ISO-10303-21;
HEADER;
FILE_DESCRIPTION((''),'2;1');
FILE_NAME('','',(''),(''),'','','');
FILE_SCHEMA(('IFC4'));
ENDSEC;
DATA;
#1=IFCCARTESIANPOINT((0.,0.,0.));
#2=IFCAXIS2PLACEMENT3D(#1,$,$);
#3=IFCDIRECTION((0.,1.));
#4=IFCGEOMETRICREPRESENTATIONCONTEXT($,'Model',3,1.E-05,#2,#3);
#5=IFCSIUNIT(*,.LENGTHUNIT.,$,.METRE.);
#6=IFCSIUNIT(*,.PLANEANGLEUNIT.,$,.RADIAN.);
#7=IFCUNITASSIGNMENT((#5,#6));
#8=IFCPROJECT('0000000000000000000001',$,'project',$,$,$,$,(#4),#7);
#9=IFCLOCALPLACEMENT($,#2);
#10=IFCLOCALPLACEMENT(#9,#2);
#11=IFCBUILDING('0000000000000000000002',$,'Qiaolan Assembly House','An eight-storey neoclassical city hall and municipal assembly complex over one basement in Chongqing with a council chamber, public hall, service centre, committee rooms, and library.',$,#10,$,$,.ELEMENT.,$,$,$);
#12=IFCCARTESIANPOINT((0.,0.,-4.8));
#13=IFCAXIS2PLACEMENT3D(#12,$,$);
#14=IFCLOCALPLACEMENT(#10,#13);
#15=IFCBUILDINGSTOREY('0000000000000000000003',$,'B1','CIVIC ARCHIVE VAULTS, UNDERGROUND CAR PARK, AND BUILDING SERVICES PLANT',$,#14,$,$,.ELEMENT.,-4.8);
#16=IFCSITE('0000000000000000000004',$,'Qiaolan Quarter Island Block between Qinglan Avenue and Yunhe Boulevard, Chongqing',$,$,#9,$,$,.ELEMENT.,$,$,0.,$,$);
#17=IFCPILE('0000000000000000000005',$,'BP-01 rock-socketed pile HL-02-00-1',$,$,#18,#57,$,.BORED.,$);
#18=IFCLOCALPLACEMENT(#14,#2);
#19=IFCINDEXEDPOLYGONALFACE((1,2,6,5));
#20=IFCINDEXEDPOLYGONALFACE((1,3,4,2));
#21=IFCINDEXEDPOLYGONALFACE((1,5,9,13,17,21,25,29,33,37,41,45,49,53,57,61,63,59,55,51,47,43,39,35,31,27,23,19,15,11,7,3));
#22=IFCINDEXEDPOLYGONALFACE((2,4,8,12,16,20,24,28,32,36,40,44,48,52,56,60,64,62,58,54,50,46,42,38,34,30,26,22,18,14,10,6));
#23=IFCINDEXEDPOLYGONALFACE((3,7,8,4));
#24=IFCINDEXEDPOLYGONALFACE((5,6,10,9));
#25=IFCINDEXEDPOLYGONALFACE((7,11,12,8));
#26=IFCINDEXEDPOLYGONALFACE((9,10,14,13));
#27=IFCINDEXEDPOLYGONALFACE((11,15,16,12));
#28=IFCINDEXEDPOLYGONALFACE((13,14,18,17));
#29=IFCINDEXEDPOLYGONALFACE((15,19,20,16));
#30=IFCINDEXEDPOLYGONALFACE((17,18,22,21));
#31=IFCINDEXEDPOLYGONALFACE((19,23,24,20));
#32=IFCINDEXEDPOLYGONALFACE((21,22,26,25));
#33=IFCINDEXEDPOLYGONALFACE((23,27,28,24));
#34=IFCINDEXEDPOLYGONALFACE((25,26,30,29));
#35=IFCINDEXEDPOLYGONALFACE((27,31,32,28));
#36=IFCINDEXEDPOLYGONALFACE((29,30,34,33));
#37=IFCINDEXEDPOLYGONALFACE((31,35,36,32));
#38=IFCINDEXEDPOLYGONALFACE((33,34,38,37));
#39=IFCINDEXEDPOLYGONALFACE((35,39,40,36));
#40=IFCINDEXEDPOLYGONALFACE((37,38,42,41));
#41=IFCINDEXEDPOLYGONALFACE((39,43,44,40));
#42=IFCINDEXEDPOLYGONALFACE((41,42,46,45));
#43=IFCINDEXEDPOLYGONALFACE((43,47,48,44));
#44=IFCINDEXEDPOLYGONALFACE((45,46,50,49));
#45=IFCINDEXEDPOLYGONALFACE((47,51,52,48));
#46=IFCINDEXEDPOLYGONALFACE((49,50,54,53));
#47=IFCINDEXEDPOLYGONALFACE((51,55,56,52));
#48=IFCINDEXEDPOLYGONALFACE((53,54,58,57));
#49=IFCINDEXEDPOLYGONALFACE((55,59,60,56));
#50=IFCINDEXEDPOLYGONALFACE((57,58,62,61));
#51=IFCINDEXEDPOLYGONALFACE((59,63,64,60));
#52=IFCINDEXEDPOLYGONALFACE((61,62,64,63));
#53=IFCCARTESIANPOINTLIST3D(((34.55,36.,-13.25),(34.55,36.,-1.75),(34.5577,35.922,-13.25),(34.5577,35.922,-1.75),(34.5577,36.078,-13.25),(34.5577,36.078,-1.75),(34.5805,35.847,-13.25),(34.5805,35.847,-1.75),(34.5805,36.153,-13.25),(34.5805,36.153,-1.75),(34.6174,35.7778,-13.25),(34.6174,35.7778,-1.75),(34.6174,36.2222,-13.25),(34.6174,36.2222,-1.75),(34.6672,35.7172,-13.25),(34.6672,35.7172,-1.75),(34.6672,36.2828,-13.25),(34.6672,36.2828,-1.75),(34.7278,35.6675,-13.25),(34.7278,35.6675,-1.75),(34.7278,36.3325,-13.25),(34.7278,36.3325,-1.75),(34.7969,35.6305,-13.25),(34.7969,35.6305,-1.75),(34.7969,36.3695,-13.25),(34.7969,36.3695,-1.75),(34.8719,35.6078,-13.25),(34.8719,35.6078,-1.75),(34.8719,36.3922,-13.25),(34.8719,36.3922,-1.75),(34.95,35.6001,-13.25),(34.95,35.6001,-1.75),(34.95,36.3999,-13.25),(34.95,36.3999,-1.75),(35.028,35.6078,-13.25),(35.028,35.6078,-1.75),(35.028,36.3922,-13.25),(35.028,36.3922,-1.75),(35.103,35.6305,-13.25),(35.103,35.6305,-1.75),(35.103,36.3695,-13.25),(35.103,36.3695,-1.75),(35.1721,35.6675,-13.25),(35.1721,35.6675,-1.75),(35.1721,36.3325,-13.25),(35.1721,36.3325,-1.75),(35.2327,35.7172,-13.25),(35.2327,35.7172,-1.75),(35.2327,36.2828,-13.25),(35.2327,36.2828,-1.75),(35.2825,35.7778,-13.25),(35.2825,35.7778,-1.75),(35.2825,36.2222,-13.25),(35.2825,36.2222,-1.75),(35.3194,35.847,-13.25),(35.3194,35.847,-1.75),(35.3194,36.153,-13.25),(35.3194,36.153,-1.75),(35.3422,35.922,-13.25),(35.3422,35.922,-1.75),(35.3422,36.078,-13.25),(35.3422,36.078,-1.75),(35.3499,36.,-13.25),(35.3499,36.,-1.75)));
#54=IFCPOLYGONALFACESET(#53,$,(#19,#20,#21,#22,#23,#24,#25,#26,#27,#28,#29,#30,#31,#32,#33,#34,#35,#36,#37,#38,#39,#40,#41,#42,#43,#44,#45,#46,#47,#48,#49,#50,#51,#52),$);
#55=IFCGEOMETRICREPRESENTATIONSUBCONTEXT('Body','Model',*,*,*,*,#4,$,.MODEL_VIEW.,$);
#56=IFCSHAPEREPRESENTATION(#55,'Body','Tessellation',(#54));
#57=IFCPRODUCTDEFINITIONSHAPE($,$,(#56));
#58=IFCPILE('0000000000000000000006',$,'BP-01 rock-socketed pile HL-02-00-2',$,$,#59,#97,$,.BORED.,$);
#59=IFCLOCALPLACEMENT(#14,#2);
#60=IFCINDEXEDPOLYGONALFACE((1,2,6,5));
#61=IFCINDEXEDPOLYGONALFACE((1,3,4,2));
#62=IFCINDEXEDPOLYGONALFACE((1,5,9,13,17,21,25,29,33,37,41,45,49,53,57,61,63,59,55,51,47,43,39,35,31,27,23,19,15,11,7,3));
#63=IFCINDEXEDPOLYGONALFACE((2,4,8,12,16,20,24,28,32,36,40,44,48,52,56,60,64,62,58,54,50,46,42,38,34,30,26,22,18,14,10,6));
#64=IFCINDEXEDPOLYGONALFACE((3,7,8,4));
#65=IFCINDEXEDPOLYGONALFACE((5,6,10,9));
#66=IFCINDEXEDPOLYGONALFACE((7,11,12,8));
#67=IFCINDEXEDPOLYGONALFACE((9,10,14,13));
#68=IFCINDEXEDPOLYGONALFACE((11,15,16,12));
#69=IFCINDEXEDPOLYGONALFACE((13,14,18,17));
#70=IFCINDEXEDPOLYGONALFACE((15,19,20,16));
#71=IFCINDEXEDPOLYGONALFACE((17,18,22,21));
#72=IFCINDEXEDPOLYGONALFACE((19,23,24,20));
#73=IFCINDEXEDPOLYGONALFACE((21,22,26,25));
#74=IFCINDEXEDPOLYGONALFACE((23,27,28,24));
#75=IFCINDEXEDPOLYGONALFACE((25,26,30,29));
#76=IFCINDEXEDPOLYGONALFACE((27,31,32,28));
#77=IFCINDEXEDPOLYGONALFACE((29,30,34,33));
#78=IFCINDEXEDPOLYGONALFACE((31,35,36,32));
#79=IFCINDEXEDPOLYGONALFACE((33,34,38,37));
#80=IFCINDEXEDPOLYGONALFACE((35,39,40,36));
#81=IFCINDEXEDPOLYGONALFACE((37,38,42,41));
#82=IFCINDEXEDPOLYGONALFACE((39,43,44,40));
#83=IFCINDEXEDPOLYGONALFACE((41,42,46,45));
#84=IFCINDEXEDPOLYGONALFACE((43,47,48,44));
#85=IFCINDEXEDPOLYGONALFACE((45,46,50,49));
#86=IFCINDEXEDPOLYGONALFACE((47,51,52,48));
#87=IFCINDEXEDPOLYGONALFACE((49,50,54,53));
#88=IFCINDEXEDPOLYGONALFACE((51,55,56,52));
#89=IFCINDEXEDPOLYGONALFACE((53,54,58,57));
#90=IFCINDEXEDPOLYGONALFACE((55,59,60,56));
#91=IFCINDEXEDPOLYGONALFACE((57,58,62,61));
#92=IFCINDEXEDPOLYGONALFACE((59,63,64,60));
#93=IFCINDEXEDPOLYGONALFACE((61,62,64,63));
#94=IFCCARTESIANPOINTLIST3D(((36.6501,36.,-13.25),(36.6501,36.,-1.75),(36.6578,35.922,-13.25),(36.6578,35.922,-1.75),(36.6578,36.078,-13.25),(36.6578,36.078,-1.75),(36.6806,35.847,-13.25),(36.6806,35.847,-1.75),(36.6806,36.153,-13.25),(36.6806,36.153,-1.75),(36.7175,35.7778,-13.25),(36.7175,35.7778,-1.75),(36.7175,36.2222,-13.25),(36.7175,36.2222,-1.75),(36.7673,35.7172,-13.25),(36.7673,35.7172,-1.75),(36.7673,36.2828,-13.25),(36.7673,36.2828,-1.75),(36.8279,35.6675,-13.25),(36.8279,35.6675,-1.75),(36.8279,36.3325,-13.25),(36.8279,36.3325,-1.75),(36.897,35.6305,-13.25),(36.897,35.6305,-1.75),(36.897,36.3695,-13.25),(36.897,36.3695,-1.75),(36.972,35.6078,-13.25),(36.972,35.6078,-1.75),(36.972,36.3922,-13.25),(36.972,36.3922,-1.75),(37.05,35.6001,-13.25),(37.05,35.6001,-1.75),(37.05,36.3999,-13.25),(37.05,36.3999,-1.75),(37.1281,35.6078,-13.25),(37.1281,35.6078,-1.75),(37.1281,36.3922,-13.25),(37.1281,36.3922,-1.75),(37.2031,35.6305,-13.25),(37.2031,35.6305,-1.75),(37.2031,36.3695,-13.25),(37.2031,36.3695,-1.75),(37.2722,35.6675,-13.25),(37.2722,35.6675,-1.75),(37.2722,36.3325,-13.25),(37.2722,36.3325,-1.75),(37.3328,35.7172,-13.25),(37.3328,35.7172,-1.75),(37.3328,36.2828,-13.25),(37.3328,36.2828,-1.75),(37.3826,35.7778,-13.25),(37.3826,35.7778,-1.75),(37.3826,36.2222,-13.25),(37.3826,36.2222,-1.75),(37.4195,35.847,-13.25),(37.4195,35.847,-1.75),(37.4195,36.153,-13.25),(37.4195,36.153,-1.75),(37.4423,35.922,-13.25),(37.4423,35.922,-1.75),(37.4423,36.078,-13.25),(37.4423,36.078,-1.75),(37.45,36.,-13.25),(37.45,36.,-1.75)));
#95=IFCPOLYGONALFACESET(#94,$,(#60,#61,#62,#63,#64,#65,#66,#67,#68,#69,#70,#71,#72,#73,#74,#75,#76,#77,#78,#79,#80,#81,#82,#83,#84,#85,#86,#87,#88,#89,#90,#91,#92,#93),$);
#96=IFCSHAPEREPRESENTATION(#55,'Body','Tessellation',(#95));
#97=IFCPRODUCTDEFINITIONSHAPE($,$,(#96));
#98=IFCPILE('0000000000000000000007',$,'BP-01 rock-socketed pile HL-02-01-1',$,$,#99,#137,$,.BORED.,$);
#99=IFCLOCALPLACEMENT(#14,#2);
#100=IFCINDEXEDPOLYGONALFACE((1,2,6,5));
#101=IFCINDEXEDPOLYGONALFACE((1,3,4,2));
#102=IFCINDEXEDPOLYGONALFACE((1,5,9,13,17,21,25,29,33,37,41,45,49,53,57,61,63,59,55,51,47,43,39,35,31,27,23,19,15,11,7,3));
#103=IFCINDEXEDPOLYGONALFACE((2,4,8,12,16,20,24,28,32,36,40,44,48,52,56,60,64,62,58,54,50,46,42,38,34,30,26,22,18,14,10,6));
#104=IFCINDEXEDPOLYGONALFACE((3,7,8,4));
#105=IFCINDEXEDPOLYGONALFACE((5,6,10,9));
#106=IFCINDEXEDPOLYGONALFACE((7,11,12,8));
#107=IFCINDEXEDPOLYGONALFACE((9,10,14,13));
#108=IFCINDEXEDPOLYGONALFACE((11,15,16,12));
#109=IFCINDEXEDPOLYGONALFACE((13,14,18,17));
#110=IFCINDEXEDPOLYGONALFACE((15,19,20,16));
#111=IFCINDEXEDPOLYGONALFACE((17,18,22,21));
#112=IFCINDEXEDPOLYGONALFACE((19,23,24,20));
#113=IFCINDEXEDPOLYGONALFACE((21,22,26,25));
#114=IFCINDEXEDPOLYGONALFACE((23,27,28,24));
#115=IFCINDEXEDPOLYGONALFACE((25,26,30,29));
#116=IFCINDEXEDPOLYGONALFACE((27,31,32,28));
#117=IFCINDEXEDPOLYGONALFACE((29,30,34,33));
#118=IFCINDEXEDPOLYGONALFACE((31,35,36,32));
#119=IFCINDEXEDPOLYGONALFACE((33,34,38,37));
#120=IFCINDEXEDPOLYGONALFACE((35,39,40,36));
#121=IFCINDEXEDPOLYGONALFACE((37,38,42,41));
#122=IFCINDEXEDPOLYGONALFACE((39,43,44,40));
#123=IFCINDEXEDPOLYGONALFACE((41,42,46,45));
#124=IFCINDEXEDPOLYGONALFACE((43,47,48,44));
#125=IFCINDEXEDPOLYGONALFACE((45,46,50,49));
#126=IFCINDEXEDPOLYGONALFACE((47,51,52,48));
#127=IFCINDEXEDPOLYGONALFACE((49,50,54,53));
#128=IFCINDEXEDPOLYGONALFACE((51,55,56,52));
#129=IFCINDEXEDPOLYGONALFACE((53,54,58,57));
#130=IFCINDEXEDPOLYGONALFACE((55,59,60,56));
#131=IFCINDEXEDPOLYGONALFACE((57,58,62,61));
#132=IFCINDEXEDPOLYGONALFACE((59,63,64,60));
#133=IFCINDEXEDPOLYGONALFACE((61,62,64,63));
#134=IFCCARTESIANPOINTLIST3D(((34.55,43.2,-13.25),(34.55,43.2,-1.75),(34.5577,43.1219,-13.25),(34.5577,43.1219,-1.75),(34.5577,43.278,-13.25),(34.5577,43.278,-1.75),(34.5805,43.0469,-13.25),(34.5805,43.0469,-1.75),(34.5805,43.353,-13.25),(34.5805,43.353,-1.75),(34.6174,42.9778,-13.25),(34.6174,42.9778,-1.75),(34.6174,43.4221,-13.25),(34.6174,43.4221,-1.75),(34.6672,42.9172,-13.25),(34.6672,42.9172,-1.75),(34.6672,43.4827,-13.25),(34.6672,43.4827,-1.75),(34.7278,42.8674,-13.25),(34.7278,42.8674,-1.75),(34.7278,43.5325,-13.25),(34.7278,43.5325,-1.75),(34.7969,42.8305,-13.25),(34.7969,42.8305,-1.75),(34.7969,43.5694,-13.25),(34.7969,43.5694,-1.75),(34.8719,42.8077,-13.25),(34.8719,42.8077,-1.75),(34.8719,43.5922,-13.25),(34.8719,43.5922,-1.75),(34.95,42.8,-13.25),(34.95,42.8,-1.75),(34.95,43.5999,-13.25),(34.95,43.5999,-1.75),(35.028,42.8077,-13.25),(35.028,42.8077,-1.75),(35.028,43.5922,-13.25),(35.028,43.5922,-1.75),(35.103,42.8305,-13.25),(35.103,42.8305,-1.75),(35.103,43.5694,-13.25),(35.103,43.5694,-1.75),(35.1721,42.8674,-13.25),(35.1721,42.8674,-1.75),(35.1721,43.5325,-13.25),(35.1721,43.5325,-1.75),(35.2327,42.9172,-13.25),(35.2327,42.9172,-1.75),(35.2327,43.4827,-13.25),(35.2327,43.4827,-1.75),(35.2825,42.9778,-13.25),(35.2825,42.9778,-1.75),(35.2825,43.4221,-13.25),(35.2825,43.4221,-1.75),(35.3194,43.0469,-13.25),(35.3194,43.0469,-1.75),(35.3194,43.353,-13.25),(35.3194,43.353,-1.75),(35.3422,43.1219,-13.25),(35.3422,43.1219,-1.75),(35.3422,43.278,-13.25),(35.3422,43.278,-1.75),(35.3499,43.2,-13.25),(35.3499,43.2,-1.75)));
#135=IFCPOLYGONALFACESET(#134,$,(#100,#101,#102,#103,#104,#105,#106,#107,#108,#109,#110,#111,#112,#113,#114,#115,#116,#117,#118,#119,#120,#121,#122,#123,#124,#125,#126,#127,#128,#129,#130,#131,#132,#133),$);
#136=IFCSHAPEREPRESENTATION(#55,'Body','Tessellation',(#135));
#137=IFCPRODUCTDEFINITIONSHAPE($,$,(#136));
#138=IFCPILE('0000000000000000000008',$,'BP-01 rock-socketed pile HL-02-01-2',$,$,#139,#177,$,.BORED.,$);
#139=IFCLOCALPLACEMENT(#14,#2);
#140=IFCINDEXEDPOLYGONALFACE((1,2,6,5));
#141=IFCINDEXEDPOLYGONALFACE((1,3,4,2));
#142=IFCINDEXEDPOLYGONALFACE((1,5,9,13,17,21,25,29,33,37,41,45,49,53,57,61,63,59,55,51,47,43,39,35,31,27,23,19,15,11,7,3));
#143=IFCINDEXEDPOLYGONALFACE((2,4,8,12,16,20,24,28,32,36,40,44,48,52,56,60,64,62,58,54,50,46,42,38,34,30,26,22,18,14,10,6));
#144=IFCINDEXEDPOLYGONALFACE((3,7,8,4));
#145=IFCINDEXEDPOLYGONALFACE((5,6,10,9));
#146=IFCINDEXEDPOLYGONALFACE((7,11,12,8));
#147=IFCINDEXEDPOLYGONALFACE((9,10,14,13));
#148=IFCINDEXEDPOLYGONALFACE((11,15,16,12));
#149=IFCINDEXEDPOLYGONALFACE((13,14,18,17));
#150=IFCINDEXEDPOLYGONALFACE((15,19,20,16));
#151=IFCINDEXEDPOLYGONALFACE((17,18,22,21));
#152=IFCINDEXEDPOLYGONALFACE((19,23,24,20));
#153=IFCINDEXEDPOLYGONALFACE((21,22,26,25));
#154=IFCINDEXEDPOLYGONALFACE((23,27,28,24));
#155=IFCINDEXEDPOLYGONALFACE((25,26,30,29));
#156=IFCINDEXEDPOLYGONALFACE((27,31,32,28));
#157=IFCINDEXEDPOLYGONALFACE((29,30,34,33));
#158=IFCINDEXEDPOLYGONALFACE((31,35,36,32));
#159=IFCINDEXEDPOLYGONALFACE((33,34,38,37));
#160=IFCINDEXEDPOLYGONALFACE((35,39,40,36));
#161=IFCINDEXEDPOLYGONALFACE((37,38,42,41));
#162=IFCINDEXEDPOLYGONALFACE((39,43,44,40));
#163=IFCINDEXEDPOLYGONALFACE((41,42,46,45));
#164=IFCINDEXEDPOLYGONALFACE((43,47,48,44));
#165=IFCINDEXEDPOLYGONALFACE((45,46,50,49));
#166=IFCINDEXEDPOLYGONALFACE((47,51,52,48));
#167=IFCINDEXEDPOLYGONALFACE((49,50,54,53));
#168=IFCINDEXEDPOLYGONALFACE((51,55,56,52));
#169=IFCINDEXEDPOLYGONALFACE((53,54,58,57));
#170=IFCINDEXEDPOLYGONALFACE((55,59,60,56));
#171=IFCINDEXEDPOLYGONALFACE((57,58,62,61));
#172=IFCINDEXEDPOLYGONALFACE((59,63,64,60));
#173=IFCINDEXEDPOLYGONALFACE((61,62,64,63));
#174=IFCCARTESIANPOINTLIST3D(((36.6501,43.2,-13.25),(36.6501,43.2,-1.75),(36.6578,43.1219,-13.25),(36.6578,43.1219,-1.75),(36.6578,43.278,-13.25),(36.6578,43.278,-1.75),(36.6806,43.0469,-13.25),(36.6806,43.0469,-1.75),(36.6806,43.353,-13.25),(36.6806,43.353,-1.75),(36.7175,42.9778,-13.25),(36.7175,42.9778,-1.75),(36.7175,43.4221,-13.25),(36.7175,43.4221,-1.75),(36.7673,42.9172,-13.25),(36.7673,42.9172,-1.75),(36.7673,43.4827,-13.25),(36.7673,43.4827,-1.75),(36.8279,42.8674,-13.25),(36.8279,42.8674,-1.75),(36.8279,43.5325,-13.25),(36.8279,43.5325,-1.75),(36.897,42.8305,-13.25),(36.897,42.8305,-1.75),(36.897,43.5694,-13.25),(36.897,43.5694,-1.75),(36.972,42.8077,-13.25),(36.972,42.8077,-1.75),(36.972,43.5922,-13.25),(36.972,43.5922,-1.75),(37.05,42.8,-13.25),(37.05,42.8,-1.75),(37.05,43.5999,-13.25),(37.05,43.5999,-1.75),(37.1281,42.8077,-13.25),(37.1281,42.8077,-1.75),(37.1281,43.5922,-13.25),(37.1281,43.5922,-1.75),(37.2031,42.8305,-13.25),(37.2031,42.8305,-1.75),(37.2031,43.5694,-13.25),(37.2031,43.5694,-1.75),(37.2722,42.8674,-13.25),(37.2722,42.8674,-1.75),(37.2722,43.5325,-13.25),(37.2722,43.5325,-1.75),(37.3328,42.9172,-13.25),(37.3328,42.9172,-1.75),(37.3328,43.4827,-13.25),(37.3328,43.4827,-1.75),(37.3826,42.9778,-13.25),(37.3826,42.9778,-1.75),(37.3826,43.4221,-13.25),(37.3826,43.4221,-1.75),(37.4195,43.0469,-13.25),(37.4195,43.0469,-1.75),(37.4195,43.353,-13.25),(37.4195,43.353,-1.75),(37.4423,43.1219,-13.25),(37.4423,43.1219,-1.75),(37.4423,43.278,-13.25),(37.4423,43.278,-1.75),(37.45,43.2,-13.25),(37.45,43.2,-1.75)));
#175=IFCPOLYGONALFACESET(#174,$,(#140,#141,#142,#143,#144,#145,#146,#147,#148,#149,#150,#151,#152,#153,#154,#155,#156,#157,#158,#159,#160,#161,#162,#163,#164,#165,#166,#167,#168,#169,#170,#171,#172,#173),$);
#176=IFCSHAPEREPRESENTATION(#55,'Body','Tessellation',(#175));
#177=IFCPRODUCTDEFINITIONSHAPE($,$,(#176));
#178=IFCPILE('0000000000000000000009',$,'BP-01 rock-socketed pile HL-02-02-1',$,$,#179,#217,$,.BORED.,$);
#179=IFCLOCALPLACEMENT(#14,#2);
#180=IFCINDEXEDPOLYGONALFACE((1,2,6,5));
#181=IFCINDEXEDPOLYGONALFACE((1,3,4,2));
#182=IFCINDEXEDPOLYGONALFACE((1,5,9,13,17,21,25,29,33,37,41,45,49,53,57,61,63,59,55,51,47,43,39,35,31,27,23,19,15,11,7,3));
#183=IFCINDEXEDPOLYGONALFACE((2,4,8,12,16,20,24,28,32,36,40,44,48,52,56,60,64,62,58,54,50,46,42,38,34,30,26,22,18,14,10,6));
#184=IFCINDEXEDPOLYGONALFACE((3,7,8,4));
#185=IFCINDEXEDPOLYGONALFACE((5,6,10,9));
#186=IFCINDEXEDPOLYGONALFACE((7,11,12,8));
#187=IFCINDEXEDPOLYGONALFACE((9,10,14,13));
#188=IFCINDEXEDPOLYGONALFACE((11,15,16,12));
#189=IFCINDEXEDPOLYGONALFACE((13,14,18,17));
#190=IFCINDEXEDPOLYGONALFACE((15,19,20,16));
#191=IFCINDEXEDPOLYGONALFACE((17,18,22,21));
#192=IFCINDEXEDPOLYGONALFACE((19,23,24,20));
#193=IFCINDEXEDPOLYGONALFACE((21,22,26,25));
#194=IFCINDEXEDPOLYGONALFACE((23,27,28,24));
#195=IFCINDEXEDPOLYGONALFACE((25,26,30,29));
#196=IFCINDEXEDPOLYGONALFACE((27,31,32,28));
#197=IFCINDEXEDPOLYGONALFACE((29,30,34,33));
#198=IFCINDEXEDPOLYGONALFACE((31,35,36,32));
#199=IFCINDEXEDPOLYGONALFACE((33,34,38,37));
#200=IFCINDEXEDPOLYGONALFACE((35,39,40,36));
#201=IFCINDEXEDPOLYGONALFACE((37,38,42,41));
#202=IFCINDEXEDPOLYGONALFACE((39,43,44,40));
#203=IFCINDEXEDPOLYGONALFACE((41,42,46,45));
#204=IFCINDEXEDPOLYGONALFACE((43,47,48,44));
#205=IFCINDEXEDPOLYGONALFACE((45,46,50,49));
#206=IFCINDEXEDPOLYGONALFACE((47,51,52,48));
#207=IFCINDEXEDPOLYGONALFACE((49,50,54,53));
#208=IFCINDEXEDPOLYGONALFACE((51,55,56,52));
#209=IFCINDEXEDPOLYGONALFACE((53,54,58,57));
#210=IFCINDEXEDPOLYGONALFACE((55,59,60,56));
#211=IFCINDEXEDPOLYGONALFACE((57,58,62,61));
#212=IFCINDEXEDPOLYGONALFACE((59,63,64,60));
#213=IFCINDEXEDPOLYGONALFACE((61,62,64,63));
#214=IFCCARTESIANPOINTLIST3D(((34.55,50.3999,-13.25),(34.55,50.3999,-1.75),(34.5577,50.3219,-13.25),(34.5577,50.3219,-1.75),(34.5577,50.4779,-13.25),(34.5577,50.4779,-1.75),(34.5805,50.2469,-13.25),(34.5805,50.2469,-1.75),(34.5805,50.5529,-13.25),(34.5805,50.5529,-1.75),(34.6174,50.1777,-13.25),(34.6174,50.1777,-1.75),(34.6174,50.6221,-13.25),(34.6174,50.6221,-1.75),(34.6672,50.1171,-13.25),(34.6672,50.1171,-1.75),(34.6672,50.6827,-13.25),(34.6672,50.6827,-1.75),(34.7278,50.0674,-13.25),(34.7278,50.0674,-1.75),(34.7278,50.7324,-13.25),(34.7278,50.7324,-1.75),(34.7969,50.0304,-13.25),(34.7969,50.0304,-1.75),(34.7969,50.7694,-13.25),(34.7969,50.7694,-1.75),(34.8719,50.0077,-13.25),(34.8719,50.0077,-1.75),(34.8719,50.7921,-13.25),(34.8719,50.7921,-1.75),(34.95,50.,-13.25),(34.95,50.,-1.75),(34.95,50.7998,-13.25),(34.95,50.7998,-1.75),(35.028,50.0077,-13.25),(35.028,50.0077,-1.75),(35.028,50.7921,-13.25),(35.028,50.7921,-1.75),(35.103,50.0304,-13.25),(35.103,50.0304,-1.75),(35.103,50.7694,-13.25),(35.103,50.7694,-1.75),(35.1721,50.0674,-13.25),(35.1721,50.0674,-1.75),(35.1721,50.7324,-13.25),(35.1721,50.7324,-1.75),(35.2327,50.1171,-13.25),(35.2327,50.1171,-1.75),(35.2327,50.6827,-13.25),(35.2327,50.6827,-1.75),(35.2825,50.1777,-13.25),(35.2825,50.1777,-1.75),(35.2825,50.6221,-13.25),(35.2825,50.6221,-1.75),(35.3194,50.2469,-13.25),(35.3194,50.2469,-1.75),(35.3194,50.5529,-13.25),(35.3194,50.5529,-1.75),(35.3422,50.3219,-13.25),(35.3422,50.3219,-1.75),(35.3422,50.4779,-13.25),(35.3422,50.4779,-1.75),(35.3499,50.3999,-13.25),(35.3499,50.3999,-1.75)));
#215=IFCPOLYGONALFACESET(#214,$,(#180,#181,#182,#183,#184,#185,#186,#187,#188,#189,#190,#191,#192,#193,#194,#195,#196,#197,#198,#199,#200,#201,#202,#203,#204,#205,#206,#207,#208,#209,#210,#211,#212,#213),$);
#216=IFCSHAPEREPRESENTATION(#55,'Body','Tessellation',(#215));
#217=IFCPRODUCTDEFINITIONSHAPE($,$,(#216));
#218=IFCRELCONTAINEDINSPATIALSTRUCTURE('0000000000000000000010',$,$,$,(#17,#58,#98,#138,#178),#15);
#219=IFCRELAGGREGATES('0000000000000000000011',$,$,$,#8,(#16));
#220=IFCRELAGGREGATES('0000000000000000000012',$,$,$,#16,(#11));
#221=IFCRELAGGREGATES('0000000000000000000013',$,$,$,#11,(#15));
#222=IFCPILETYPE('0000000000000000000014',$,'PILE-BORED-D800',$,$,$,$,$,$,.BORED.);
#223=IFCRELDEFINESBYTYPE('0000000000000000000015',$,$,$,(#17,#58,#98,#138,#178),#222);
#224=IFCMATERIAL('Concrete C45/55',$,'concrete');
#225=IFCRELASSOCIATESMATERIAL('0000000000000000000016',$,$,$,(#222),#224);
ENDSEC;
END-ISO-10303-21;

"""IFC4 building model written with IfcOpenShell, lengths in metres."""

from ifc_helpers import new_model, si_unit, direction, frame, origin, origin_2d, place, context, subcontext, project, spatial, circle, extrude, material, material_profile, profile_set, type_object, element, save


model = new_model("IFC4")

# Units and contexts
model_context = context("Model", 3, precision=1e-05, world=origin(), true_north=direction((0.0, 1.0)))
body_context = subcontext(model_context, "Body", "Model", "MODEL_VIEW")
ifc_project = project(units=[si_unit("LENGTHUNIT", "METRE"), si_unit("PLANEANGLEUNIT", "RADIAN")], contexts=[model_context])

# Site, building, storey
site_placement = place(None, origin())
site = spatial("IfcSite", under=ifc_project, at=site_placement, Name="Qiaolan Quarter Island Block between Qinglan Avenue and Yunhe Boulevard, Chongqing", CompositionType="ELEMENT", RefElevation=0.0)
building_placement = place(site_placement, origin())
building = spatial("IfcBuilding", under=site, at=building_placement, Name="Qiaolan Assembly House", Description="An eight-storey neoclassical city hall and municipal assembly complex over one basement in Chongqing with a council chamber, public hall, service centre, committee rooms, and library.", CompositionType="ELEMENT")
storey_placement = place(building_placement, frame((0.0, 0.0, -4.8)))
storey = spatial("IfcBuildingStorey", under=building, at=storey_placement, Name="B1", Description="CIVIC ARCHIVE VAULTS, UNDERGROUND CAR PARK, AND BUILDING SERVICES PLANT", CompositionType="ELEMENT", Elevation=-4.8)

# Piles
ifc_material_1 = material(Name="Concrete C45/55", Category="concrete")
ifc_material_profile_1 = material_profile(ifc_material_1, circle(Radius=0.3999, at=origin_2d()), Name="PILE D800")
ifc_profile_set_1 = profile_set([ifc_material_profile_1], Name="Concrete C45/55")
pile_type = type_object("IfcPileType", Name="PILE-BORED-D800", PredefinedType="BORED", material=ifc_profile_set_1)
for number, where, z_axis, x_axis, name in (
    (1, (34.95, 36.0, -1.75), (0.0, 0.0, -1.0), (1.0, 0.0, 0.0), "BP-01 rock-socketed pile HL-02-00-1"),
    (2, (37.05, 36.0, -1.75), (0.0, 0.0, -1.0), (1.0, 0.0, 0.0), "BP-01 rock-socketed pile HL-02-00-2"),
    (3, (34.95, 43.2, -1.75), (0.0, 0.0, -1.0), (1.0, 0.0, 0.0), "BP-01 rock-socketed pile HL-02-01-1"),
    (4, (37.05, 43.2, -1.75), (0.0, 0.0, -1.0), (1.0, 0.0, 0.0), "BP-01 rock-socketed pile HL-02-01-2"),
    (5, (34.95, 50.3999, -1.75), (0.0, 0.0, -1.0), (1.0, 0.0, 0.0), "BP-01 rock-socketed pile HL-02-02-1"),
):
    element("IfcPile", number, at=place(storey_placement, frame(where, z_axis=z_axis, x_axis=x_axis)), inside=storey, type_object=pile_type, Name=name, PredefinedType="BORED", context=body_context, shape_type="SweptSolid", body=[
        extrude(circle(Radius=0.3999, at=origin_2d()), origin(), (0.0, 0.0, 1.0), 11.5),
    ])

save(model, "model.ifc")
